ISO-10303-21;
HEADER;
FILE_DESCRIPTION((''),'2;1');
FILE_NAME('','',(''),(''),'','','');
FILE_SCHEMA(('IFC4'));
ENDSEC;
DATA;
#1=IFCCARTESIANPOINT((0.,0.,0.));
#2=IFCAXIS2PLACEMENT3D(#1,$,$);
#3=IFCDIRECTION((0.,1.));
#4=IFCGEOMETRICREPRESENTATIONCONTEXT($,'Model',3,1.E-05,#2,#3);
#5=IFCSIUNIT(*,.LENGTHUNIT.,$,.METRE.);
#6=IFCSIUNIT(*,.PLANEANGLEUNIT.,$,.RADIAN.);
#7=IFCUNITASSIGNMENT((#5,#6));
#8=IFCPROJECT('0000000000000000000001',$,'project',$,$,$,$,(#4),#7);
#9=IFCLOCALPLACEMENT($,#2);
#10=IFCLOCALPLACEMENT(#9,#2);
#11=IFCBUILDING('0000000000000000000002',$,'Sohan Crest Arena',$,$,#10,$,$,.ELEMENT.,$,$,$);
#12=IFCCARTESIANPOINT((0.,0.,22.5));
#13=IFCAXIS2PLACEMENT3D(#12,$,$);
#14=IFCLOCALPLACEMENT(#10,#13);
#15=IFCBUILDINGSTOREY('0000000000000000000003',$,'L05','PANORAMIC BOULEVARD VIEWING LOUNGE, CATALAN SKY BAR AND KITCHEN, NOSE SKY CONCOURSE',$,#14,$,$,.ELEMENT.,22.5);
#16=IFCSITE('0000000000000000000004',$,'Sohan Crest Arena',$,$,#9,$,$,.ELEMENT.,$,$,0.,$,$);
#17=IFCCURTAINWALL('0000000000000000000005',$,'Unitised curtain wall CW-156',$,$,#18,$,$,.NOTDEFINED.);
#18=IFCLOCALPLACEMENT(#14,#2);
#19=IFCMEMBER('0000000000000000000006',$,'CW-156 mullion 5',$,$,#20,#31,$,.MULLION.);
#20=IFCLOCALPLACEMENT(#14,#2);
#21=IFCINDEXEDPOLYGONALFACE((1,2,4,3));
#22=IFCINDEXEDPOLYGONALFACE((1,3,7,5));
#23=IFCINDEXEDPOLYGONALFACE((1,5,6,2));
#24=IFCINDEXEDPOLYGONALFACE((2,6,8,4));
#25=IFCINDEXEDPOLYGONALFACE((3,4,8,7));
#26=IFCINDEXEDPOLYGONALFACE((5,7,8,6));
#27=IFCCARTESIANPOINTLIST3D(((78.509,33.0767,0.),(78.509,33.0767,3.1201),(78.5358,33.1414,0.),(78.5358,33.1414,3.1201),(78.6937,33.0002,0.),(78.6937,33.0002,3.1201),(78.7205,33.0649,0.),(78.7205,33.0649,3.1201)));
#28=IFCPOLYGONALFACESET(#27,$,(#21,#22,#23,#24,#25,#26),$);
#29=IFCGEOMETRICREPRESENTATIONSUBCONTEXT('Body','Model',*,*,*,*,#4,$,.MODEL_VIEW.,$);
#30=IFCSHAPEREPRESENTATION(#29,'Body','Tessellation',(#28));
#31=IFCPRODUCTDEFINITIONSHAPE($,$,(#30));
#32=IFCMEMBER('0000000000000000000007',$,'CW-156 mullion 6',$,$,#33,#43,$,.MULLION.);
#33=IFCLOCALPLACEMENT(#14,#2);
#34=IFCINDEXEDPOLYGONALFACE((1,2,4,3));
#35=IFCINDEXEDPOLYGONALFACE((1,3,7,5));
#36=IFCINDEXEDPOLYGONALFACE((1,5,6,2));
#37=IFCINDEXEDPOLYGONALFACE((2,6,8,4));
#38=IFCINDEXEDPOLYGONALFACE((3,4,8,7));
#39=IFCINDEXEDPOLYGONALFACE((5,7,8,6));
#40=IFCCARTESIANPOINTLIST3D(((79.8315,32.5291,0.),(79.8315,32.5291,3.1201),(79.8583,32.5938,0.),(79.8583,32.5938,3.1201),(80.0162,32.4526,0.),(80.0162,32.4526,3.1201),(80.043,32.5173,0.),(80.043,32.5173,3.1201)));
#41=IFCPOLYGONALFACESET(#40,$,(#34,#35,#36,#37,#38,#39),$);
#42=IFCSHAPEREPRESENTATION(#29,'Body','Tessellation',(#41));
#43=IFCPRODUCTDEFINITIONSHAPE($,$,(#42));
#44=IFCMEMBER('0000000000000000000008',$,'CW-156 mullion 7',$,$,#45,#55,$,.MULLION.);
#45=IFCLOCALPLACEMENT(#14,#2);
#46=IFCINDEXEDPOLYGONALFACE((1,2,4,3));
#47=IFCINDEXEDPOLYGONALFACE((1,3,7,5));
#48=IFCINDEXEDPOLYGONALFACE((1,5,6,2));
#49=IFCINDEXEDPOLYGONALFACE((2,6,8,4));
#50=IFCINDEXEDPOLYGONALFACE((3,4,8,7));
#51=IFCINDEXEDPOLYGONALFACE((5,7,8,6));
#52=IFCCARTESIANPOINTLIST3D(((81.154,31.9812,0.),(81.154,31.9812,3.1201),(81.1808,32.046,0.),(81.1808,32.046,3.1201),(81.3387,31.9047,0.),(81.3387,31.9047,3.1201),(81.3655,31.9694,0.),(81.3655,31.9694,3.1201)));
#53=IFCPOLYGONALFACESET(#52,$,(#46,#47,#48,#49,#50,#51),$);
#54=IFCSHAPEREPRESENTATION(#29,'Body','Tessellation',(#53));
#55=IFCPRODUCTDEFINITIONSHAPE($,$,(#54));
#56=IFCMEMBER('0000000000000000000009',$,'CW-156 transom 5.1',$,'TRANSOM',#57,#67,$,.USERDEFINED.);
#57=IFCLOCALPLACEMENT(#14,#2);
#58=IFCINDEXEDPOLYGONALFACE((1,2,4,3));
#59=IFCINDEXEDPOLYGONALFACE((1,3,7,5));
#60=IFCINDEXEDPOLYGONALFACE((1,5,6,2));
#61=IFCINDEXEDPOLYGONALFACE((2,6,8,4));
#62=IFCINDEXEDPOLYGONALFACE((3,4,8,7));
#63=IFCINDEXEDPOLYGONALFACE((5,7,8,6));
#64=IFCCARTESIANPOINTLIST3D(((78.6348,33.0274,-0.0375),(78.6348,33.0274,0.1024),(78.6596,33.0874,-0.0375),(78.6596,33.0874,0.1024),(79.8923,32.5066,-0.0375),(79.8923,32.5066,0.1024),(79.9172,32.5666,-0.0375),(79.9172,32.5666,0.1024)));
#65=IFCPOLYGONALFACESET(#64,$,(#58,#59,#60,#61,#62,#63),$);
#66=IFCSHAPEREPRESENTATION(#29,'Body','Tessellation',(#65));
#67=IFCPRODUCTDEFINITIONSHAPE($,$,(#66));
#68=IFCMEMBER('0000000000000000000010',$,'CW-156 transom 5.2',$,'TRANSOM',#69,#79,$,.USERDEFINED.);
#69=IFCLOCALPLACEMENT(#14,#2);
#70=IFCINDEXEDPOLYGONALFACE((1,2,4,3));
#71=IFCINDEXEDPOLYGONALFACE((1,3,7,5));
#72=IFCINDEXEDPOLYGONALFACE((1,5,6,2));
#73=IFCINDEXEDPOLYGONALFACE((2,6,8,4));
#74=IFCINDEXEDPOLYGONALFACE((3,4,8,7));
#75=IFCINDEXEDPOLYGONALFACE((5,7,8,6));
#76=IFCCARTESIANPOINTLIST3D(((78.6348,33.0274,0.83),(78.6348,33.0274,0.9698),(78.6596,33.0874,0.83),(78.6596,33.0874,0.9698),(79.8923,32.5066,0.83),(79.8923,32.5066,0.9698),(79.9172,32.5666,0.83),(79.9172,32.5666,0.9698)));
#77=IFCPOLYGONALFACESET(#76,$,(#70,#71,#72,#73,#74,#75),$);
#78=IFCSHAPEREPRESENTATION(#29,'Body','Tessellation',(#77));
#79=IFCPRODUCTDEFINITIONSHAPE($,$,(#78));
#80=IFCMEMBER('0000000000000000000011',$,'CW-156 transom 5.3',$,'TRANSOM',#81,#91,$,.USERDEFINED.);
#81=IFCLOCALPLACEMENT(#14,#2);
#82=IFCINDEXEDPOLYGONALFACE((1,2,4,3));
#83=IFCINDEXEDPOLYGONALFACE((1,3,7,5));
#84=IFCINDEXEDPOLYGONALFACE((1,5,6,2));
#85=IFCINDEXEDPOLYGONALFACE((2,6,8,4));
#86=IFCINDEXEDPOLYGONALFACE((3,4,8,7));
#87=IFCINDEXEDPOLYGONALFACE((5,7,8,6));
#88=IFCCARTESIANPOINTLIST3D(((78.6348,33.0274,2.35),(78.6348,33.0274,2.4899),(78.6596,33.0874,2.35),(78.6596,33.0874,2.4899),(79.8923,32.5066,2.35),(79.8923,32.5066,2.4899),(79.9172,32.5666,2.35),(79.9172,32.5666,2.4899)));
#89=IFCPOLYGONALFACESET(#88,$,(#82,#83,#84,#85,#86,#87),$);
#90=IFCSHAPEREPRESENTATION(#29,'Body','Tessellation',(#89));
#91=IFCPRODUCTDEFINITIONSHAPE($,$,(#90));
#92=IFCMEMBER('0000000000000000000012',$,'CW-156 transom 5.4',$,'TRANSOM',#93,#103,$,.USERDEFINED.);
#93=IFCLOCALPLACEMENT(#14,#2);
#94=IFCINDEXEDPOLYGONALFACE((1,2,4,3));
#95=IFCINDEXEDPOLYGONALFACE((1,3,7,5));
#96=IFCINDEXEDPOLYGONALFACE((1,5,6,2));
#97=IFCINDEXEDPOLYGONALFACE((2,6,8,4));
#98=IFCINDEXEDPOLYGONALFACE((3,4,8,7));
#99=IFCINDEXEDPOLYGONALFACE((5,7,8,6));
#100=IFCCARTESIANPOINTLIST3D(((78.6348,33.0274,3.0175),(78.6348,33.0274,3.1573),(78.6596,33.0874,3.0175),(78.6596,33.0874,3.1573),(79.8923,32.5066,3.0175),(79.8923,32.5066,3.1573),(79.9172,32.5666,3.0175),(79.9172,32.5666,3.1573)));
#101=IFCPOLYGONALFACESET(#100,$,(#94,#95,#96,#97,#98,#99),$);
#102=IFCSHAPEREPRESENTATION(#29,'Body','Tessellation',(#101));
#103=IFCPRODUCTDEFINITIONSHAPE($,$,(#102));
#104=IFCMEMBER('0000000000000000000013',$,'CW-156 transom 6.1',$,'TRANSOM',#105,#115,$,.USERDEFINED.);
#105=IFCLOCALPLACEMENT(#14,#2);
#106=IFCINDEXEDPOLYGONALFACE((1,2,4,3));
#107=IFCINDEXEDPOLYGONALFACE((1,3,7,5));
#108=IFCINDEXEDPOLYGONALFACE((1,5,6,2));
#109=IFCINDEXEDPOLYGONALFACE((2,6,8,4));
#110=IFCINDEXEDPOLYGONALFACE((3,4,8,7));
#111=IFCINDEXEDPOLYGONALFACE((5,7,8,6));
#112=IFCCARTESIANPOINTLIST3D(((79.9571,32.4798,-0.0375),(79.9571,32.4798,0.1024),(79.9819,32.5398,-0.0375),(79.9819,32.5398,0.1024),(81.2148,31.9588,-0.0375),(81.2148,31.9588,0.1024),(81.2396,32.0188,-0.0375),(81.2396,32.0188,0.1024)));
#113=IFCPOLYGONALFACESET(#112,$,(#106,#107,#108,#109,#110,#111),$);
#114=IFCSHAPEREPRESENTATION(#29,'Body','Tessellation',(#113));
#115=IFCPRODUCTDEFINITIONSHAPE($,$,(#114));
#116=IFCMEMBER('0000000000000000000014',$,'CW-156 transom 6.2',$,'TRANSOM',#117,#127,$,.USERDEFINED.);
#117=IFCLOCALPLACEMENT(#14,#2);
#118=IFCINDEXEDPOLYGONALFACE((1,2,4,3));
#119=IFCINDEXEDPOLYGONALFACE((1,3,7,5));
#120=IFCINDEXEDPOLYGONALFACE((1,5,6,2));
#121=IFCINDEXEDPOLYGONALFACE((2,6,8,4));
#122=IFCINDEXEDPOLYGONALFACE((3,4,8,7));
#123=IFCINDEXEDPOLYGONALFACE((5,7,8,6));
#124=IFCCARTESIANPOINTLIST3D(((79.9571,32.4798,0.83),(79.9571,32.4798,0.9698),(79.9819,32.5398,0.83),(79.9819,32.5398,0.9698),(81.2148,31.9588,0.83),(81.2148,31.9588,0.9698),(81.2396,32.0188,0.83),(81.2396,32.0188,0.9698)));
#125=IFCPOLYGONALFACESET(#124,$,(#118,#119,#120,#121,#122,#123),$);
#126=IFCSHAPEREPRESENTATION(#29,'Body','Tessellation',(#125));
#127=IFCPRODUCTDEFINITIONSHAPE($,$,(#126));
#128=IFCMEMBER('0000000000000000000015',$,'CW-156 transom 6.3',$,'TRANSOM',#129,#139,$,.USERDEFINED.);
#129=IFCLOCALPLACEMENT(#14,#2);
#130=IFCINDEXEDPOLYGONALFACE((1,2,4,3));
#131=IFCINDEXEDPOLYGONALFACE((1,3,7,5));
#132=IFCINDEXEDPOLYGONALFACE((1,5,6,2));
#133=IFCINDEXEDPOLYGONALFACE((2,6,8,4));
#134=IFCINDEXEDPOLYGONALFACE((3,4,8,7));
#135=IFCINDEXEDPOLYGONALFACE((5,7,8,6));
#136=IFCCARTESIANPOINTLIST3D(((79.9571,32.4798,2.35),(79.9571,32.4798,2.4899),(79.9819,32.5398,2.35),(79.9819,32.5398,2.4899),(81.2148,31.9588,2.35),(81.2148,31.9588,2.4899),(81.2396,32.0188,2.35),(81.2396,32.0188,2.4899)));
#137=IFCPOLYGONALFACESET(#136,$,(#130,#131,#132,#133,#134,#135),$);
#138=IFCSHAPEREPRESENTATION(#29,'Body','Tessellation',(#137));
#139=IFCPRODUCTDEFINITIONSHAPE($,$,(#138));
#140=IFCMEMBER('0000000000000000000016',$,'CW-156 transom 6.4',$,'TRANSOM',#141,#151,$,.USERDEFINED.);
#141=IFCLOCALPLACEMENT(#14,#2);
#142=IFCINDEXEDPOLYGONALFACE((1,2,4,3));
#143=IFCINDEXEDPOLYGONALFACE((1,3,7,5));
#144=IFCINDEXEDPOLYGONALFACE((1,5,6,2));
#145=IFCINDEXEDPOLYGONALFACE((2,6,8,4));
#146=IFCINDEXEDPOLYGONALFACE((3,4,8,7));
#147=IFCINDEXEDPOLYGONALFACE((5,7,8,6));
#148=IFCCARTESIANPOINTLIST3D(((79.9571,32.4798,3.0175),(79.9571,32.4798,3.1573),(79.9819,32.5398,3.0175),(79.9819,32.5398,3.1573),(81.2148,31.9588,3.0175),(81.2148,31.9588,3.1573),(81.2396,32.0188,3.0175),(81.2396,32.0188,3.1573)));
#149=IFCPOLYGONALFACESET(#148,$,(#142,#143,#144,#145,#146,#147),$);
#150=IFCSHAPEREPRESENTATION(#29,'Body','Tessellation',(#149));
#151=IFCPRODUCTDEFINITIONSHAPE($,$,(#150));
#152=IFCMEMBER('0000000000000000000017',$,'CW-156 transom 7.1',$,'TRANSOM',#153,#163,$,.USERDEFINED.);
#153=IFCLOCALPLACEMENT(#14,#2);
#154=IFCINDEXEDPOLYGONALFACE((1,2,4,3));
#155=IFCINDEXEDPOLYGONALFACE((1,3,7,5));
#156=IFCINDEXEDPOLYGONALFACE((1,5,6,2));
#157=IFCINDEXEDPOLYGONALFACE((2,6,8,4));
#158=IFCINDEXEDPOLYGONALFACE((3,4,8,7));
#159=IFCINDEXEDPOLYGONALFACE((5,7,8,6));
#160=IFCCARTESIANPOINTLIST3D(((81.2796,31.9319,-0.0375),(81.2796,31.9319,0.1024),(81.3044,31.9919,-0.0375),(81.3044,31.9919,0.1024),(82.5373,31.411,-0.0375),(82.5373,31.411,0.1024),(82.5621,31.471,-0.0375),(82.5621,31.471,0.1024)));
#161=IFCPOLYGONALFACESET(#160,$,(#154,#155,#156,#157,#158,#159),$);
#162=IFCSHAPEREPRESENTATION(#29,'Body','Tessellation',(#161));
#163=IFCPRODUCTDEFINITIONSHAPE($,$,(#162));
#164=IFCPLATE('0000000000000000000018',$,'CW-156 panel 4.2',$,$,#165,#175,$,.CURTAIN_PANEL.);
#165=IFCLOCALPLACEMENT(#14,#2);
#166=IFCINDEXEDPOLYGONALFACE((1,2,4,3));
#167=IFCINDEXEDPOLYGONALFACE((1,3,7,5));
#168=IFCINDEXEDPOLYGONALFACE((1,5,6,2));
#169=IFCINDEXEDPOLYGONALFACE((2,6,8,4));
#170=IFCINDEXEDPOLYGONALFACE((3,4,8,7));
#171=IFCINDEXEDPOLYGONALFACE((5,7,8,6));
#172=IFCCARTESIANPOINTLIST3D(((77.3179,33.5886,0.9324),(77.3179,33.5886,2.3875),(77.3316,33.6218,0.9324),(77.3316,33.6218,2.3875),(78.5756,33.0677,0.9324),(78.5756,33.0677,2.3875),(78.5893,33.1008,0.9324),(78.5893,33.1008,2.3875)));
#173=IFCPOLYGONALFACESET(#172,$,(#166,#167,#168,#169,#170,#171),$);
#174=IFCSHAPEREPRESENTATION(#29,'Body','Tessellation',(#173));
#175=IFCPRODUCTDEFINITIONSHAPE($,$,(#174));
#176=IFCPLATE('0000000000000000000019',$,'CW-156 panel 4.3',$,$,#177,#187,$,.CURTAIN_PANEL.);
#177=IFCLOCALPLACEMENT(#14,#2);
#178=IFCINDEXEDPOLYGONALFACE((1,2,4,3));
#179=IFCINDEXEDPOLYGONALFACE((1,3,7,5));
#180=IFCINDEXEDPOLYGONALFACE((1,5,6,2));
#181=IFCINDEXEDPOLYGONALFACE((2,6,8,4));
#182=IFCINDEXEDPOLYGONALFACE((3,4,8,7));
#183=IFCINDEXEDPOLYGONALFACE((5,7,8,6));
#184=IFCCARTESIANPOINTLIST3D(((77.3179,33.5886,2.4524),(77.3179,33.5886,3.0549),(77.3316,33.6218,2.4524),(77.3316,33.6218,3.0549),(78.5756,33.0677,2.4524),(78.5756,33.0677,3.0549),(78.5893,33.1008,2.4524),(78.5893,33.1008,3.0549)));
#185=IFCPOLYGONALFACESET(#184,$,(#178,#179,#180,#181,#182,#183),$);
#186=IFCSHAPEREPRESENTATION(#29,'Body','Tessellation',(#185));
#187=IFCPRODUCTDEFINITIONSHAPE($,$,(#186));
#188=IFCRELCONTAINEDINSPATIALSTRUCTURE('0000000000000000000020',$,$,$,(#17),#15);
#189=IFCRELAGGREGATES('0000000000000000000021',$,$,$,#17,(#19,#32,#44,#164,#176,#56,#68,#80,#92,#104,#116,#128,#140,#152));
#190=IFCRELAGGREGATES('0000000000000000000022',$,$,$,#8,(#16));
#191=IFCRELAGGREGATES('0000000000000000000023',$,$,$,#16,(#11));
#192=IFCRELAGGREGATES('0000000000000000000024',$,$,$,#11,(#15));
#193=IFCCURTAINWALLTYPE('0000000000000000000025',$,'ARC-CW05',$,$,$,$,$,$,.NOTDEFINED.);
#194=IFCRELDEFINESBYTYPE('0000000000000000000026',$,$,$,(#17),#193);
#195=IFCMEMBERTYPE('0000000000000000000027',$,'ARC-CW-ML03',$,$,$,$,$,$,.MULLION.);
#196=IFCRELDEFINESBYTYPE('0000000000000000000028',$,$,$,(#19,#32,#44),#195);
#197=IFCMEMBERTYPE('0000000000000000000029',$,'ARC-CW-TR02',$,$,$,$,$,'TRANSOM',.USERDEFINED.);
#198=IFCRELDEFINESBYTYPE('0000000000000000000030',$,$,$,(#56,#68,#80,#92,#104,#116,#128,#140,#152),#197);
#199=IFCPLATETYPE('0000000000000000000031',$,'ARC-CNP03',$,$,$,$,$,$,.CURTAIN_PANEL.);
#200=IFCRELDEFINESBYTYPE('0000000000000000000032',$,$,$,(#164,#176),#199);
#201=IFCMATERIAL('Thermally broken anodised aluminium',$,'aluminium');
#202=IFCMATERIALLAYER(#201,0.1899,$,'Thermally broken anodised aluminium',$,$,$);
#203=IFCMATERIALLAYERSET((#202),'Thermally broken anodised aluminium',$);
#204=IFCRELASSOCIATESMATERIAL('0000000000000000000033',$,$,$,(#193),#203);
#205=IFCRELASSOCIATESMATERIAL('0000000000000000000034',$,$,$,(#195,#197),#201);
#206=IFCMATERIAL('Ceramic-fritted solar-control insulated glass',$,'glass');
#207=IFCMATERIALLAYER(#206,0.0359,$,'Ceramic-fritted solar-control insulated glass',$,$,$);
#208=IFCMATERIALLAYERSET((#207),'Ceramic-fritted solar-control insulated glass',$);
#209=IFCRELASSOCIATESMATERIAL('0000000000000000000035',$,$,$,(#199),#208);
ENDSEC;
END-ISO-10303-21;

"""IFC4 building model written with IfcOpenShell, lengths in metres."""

from ifc_helpers import new_model, si_unit, direction, frame, origin, origin_2d, place, context, subcontext, project, spatial, rectangle, extrude, material, layer, layer_set, material_profile, profile_set, type_object, element, aggregate, save


model = new_model("IFC4")

# Units and contexts
model_context = context("Model", 3, precision=1e-05, world=origin(), true_north=direction((0.0, 1.0)))
body_context = subcontext(model_context, "Body", "Model", "MODEL_VIEW")
ifc_project = project(units=[si_unit("LENGTHUNIT", "METRE"), si_unit("PLANEANGLEUNIT", "RADIAN")], contexts=[model_context])

# Site, building, storey
site_placement = place(None, origin())
site = spatial("IfcSite", under=ifc_project, at=site_placement, Name="Sohan Crest Arena", CompositionType="ELEMENT", RefElevation=0.0)
building_placement = place(site_placement, origin())
building = spatial("IfcBuilding", under=site, at=building_placement, Name="Sohan Crest Arena", CompositionType="ELEMENT")
storey_placement = place(building_placement, frame((0.0, 0.0, 22.5)))
storey = spatial("IfcBuildingStorey", under=building, at=storey_placement, Name="L05", Description="PANORAMIC BOULEVARD VIEWING LOUNGE, CATALAN SKY BAR AND KITCHEN, NOSE SKY CONCOURSE", CompositionType="ELEMENT", Elevation=22.5)

# Curtain wall, members, plates
ifc_material_1 = material(Name="Thermally broken anodised aluminium", Category="aluminium")
ifc_layer_1 = layer(ifc_material_1, 0.1899, Name="Thermally broken anodised aluminium")
ifc_layer_set_1 = layer_set([ifc_layer_1], Name="Thermally broken anodised aluminium")
curtain_wall_type = type_object("IfcCurtainWallType", Name="ARC-CW05", PredefinedType="NOTDEFINED", material=ifc_layer_set_1)
curtain_wall_placement = place(storey_placement, origin())
curtain_wall = element("IfcCurtainWall", 1, at=curtain_wall_placement, inside=storey, type_object=curtain_wall_type, Name="Unitised curtain wall CW-156", PredefinedType="NOTDEFINED")
ifc_material_profile_1 = material_profile(ifc_material_1, rectangle(XDim=0.0701, YDim=0.2, at=origin_2d()), Name="ALU-MULL 70x200")
ifc_profile_set_1 = profile_set([ifc_material_profile_1], Name="Thermally broken anodised aluminium")
member_type_1 = type_object("IfcMemberType", Name="ARC-CW-ML03", PredefinedType="MULLION", material=ifc_profile_set_1)
member_1_placement = place(storey_placement, frame((78.6147, 33.0708, 0.0), z_axis=(0.0, 0.0, 1.0), x_axis=(0.382685, 0.923879, 0.0)))
member_1 = element("IfcMember", 2, at=member_1_placement, type_object=member_type_1, Name="CW-156 mullion 5", PredefinedType="MULLION", context=body_context, shape_type="SweptSolid", body=[
    extrude(rectangle(XDim=0.0701, YDim=0.2, at=origin_2d()), origin(), (0.0, 0.0, 1.0), 3.1201),
])
member_2_placement = place(storey_placement, frame((79.9373, 32.5232, 0.0), z_axis=(0.0, 0.0, 1.0), x_axis=(0.382685, 0.923879, 0.0)))
member_2 = element("IfcMember", 3, at=member_2_placement, type_object=member_type_1, Name="CW-156 mullion 6", PredefinedType="MULLION", context=body_context, shape_type="SweptSolid", body=[
    extrude(rectangle(XDim=0.0701, YDim=0.2, at=origin_2d()), origin(), (0.0, 0.0, 1.0), 3.1201),
])
member_3_placement = place(storey_placement, frame((81.2598, 31.9753, 0.0), z_axis=(0.0, 0.0, 1.0), x_axis=(0.382685, 0.923879, 0.0)))
member_3 = element("IfcMember", 4, at=member_3_placement, type_object=member_type_1, Name="CW-156 mullion 7", PredefinedType="MULLION", context=body_context, shape_type="SweptSolid", body=[
    extrude(rectangle(XDim=0.0701, YDim=0.2, at=origin_2d()), origin(), (0.0, 0.0, 1.0), 3.1201),
])
ifc_material_profile_2 = material_profile(ifc_material_1, rectangle(XDim=0.0649, YDim=0.1399, at=origin_2d()), Name="ALU-TRAN 65x140")
ifc_profile_set_2 = profile_set([ifc_material_profile_2], Name="Thermally broken anodised aluminium")
member_type_2 = type_object("IfcMemberType", Name="ARC-CW-TR02", ElementType="TRANSOM", PredefinedType="USERDEFINED", material=ifc_profile_set_2)
member_4_placement = place(storey_placement, frame((78.6472, 33.0574, 0.0325), z_axis=(0.923918, -0.382589, 0.0), x_axis=(0.382589, 0.923918, 0.0)))
member_4 = element("IfcMember", 5, at=member_4_placement, type_object=member_type_2, Name="CW-156 transom 5.1", ObjectType="TRANSOM", PredefinedType="USERDEFINED", context=body_context, shape_type="SweptSolid", body=[
    extrude(rectangle(XDim=0.0649, YDim=0.1399, at=origin_2d()), origin(), (0.0, 0.0, 1.0), 1.3611),
])
member_5_placement = place(storey_placement, frame((78.6472, 33.0574, 0.8999), z_axis=(0.923918, -0.382589, 0.0), x_axis=(0.382589, 0.923918, 0.0)))
member_5 = element("IfcMember", 6, at=member_5_placement, type_object=member_type_2, Name="CW-156 transom 5.2", ObjectType="TRANSOM", PredefinedType="USERDEFINED", context=body_context, shape_type="SweptSolid", body=[
    extrude(rectangle(XDim=0.0649, YDim=0.1399, at=origin_2d()), origin(), (0.0, 0.0, 1.0), 1.3611),
])
member_6_placement = place(storey_placement, frame((78.6472, 33.0574, 2.4199), z_axis=(0.923918, -0.382589, 0.0), x_axis=(0.382589, 0.923918, 0.0)))
member_6 = element("IfcMember", 7, at=member_6_placement, type_object=member_type_2, Name="CW-156 transom 5.3", ObjectType="TRANSOM", PredefinedType="USERDEFINED", context=body_context, shape_type="SweptSolid", body=[
    extrude(rectangle(XDim=0.0649, YDim=0.1399, at=origin_2d()), origin(), (0.0, 0.0, 1.0), 1.3611),
])
member_7_placement = place(storey_placement, frame((78.6472, 33.0574, 3.0874), z_axis=(0.923918, -0.382589, 0.0), x_axis=(0.382589, 0.923918, 0.0)))
member_7 = element("IfcMember", 8, at=member_7_placement, type_object=member_type_2, Name="CW-156 transom 5.4", ObjectType="TRANSOM", PredefinedType="USERDEFINED", context=body_context, shape_type="SweptSolid", body=[
    extrude(rectangle(XDim=0.0649, YDim=0.1399, at=origin_2d()), origin(), (0.0, 0.0, 1.0), 1.3611),
])
member_8_placement = place(storey_placement, frame((79.9695, 32.5098, 0.0325), z_axis=(0.923881, -0.382679, 0.0), x_axis=(0.382679, 0.923881, 0.0)))
member_8 = element("IfcMember", 9, at=member_8_placement, type_object=member_type_2, Name="CW-156 transom 6.1", ObjectType="TRANSOM", PredefinedType="USERDEFINED", context=body_context, shape_type="SweptSolid", body=[
    extrude(rectangle(XDim=0.0649, YDim=0.1399, at=origin_2d()), origin(), (0.0, 0.0, 1.0), 1.3613),
])
member_9_placement = place(storey_placement, frame((79.9695, 32.5098, 0.8999), z_axis=(0.923881, -0.382679, 0.0), x_axis=(0.382679, 0.923881, 0.0)))
member_9 = element("IfcMember", 10, at=member_9_placement, type_object=member_type_2, Name="CW-156 transom 6.2", ObjectType="TRANSOM", PredefinedType="USERDEFINED", context=body_context, shape_type="SweptSolid", body=[
    extrude(rectangle(XDim=0.0649, YDim=0.1399, at=origin_2d()), origin(), (0.0, 0.0, 1.0), 1.3613),
])
member_10_placement = place(storey_placement, frame((79.9695, 32.5098, 2.4199), z_axis=(0.923881, -0.382679, 0.0), x_axis=(0.382679, 0.923881, 0.0)))
member_10 = element("IfcMember", 11, at=member_10_placement, type_object=member_type_2, Name="CW-156 transom 6.3", ObjectType="TRANSOM", PredefinedType="USERDEFINED", context=body_context, shape_type="SweptSolid", body=[
    extrude(rectangle(XDim=0.0649, YDim=0.1399, at=origin_2d()), origin(), (0.0, 0.0, 1.0), 1.3613),
])
member_11_placement = place(storey_placement, frame((79.9695, 32.5098, 3.0874), z_axis=(0.923881, -0.382679, 0.0), x_axis=(0.382679, 0.923881, 0.0)))
member_11 = element("IfcMember", 12, at=member_11_placement, type_object=member_type_2, Name="CW-156 transom 6.4", ObjectType="TRANSOM", PredefinedType="USERDEFINED", context=body_context, shape_type="SweptSolid", body=[
    extrude(rectangle(XDim=0.0649, YDim=0.1399, at=origin_2d()), origin(), (0.0, 0.0, 1.0), 1.3613),
])
member_12_placement = place(storey_placement, frame((81.292, 31.9619, 0.0325), z_axis=(0.923881, -0.382679, 0.0), x_axis=(0.382679, 0.923881, 0.0)))
member_12 = element("IfcMember", 13, at=member_12_placement, type_object=member_type_2, Name="CW-156 transom 7.1", ObjectType="TRANSOM", PredefinedType="USERDEFINED", context=body_context, shape_type="SweptSolid", body=[
    extrude(rectangle(XDim=0.0649, YDim=0.1399, at=origin_2d()), origin(), (0.0, 0.0, 1.0), 1.3613),
])
ifc_material_2 = material(Name="Ceramic-fritted solar-control insulated glass", Category="glass")
ifc_layer_2 = layer(ifc_material_2, 0.0359, Name="Ceramic-fritted solar-control insulated glass")
ifc_layer_set_2 = layer_set([ifc_layer_2], Name="Ceramic-fritted solar-control insulated glass")
plate_type = type_object("IfcPlateType", Name="ARC-CNP03", PredefinedType="CURTAIN_PANEL", material=ifc_layer_set_2)
plate_1_placement = place(storey_placement, frame((77.9536, 33.3447, 0.9324), z_axis=(0.0, 0.0, 1.0), x_axis=(0.923879, -0.382685, 0.0)))
plate_1 = element("IfcPlate", 14, at=plate_1_placement, type_object=plate_type, Name="CW-156 panel 4.2", PredefinedType="CURTAIN_PANEL", context=body_context, shape_type="SweptSolid", body=[
    extrude(rectangle(XDim=1.3613, YDim=0.0359, at=origin_2d()), origin(), (0.0, 0.0, 1.0), 1.4551),
])
plate_2_placement = place(storey_placement, frame((77.9536, 33.3447, 2.4524), z_axis=(0.0, 0.0, 1.0), x_axis=(0.923879, -0.382685, 0.0)))
plate_2 = element("IfcPlate", 15, at=plate_2_placement, type_object=plate_type, Name="CW-156 panel 4.3", PredefinedType="CURTAIN_PANEL", context=body_context, shape_type="SweptSolid", body=[
    extrude(rectangle(XDim=1.3613, YDim=0.0359, at=origin_2d()), origin(), (0.0, 0.0, 1.0), 0.6025),
])
aggregate(curtain_wall, [member_1, member_2, member_3, plate_1, plate_2, member_4, member_5, member_6, member_7, member_8, member_9, member_10, member_11, member_12])

save(model, "model.ifc")
